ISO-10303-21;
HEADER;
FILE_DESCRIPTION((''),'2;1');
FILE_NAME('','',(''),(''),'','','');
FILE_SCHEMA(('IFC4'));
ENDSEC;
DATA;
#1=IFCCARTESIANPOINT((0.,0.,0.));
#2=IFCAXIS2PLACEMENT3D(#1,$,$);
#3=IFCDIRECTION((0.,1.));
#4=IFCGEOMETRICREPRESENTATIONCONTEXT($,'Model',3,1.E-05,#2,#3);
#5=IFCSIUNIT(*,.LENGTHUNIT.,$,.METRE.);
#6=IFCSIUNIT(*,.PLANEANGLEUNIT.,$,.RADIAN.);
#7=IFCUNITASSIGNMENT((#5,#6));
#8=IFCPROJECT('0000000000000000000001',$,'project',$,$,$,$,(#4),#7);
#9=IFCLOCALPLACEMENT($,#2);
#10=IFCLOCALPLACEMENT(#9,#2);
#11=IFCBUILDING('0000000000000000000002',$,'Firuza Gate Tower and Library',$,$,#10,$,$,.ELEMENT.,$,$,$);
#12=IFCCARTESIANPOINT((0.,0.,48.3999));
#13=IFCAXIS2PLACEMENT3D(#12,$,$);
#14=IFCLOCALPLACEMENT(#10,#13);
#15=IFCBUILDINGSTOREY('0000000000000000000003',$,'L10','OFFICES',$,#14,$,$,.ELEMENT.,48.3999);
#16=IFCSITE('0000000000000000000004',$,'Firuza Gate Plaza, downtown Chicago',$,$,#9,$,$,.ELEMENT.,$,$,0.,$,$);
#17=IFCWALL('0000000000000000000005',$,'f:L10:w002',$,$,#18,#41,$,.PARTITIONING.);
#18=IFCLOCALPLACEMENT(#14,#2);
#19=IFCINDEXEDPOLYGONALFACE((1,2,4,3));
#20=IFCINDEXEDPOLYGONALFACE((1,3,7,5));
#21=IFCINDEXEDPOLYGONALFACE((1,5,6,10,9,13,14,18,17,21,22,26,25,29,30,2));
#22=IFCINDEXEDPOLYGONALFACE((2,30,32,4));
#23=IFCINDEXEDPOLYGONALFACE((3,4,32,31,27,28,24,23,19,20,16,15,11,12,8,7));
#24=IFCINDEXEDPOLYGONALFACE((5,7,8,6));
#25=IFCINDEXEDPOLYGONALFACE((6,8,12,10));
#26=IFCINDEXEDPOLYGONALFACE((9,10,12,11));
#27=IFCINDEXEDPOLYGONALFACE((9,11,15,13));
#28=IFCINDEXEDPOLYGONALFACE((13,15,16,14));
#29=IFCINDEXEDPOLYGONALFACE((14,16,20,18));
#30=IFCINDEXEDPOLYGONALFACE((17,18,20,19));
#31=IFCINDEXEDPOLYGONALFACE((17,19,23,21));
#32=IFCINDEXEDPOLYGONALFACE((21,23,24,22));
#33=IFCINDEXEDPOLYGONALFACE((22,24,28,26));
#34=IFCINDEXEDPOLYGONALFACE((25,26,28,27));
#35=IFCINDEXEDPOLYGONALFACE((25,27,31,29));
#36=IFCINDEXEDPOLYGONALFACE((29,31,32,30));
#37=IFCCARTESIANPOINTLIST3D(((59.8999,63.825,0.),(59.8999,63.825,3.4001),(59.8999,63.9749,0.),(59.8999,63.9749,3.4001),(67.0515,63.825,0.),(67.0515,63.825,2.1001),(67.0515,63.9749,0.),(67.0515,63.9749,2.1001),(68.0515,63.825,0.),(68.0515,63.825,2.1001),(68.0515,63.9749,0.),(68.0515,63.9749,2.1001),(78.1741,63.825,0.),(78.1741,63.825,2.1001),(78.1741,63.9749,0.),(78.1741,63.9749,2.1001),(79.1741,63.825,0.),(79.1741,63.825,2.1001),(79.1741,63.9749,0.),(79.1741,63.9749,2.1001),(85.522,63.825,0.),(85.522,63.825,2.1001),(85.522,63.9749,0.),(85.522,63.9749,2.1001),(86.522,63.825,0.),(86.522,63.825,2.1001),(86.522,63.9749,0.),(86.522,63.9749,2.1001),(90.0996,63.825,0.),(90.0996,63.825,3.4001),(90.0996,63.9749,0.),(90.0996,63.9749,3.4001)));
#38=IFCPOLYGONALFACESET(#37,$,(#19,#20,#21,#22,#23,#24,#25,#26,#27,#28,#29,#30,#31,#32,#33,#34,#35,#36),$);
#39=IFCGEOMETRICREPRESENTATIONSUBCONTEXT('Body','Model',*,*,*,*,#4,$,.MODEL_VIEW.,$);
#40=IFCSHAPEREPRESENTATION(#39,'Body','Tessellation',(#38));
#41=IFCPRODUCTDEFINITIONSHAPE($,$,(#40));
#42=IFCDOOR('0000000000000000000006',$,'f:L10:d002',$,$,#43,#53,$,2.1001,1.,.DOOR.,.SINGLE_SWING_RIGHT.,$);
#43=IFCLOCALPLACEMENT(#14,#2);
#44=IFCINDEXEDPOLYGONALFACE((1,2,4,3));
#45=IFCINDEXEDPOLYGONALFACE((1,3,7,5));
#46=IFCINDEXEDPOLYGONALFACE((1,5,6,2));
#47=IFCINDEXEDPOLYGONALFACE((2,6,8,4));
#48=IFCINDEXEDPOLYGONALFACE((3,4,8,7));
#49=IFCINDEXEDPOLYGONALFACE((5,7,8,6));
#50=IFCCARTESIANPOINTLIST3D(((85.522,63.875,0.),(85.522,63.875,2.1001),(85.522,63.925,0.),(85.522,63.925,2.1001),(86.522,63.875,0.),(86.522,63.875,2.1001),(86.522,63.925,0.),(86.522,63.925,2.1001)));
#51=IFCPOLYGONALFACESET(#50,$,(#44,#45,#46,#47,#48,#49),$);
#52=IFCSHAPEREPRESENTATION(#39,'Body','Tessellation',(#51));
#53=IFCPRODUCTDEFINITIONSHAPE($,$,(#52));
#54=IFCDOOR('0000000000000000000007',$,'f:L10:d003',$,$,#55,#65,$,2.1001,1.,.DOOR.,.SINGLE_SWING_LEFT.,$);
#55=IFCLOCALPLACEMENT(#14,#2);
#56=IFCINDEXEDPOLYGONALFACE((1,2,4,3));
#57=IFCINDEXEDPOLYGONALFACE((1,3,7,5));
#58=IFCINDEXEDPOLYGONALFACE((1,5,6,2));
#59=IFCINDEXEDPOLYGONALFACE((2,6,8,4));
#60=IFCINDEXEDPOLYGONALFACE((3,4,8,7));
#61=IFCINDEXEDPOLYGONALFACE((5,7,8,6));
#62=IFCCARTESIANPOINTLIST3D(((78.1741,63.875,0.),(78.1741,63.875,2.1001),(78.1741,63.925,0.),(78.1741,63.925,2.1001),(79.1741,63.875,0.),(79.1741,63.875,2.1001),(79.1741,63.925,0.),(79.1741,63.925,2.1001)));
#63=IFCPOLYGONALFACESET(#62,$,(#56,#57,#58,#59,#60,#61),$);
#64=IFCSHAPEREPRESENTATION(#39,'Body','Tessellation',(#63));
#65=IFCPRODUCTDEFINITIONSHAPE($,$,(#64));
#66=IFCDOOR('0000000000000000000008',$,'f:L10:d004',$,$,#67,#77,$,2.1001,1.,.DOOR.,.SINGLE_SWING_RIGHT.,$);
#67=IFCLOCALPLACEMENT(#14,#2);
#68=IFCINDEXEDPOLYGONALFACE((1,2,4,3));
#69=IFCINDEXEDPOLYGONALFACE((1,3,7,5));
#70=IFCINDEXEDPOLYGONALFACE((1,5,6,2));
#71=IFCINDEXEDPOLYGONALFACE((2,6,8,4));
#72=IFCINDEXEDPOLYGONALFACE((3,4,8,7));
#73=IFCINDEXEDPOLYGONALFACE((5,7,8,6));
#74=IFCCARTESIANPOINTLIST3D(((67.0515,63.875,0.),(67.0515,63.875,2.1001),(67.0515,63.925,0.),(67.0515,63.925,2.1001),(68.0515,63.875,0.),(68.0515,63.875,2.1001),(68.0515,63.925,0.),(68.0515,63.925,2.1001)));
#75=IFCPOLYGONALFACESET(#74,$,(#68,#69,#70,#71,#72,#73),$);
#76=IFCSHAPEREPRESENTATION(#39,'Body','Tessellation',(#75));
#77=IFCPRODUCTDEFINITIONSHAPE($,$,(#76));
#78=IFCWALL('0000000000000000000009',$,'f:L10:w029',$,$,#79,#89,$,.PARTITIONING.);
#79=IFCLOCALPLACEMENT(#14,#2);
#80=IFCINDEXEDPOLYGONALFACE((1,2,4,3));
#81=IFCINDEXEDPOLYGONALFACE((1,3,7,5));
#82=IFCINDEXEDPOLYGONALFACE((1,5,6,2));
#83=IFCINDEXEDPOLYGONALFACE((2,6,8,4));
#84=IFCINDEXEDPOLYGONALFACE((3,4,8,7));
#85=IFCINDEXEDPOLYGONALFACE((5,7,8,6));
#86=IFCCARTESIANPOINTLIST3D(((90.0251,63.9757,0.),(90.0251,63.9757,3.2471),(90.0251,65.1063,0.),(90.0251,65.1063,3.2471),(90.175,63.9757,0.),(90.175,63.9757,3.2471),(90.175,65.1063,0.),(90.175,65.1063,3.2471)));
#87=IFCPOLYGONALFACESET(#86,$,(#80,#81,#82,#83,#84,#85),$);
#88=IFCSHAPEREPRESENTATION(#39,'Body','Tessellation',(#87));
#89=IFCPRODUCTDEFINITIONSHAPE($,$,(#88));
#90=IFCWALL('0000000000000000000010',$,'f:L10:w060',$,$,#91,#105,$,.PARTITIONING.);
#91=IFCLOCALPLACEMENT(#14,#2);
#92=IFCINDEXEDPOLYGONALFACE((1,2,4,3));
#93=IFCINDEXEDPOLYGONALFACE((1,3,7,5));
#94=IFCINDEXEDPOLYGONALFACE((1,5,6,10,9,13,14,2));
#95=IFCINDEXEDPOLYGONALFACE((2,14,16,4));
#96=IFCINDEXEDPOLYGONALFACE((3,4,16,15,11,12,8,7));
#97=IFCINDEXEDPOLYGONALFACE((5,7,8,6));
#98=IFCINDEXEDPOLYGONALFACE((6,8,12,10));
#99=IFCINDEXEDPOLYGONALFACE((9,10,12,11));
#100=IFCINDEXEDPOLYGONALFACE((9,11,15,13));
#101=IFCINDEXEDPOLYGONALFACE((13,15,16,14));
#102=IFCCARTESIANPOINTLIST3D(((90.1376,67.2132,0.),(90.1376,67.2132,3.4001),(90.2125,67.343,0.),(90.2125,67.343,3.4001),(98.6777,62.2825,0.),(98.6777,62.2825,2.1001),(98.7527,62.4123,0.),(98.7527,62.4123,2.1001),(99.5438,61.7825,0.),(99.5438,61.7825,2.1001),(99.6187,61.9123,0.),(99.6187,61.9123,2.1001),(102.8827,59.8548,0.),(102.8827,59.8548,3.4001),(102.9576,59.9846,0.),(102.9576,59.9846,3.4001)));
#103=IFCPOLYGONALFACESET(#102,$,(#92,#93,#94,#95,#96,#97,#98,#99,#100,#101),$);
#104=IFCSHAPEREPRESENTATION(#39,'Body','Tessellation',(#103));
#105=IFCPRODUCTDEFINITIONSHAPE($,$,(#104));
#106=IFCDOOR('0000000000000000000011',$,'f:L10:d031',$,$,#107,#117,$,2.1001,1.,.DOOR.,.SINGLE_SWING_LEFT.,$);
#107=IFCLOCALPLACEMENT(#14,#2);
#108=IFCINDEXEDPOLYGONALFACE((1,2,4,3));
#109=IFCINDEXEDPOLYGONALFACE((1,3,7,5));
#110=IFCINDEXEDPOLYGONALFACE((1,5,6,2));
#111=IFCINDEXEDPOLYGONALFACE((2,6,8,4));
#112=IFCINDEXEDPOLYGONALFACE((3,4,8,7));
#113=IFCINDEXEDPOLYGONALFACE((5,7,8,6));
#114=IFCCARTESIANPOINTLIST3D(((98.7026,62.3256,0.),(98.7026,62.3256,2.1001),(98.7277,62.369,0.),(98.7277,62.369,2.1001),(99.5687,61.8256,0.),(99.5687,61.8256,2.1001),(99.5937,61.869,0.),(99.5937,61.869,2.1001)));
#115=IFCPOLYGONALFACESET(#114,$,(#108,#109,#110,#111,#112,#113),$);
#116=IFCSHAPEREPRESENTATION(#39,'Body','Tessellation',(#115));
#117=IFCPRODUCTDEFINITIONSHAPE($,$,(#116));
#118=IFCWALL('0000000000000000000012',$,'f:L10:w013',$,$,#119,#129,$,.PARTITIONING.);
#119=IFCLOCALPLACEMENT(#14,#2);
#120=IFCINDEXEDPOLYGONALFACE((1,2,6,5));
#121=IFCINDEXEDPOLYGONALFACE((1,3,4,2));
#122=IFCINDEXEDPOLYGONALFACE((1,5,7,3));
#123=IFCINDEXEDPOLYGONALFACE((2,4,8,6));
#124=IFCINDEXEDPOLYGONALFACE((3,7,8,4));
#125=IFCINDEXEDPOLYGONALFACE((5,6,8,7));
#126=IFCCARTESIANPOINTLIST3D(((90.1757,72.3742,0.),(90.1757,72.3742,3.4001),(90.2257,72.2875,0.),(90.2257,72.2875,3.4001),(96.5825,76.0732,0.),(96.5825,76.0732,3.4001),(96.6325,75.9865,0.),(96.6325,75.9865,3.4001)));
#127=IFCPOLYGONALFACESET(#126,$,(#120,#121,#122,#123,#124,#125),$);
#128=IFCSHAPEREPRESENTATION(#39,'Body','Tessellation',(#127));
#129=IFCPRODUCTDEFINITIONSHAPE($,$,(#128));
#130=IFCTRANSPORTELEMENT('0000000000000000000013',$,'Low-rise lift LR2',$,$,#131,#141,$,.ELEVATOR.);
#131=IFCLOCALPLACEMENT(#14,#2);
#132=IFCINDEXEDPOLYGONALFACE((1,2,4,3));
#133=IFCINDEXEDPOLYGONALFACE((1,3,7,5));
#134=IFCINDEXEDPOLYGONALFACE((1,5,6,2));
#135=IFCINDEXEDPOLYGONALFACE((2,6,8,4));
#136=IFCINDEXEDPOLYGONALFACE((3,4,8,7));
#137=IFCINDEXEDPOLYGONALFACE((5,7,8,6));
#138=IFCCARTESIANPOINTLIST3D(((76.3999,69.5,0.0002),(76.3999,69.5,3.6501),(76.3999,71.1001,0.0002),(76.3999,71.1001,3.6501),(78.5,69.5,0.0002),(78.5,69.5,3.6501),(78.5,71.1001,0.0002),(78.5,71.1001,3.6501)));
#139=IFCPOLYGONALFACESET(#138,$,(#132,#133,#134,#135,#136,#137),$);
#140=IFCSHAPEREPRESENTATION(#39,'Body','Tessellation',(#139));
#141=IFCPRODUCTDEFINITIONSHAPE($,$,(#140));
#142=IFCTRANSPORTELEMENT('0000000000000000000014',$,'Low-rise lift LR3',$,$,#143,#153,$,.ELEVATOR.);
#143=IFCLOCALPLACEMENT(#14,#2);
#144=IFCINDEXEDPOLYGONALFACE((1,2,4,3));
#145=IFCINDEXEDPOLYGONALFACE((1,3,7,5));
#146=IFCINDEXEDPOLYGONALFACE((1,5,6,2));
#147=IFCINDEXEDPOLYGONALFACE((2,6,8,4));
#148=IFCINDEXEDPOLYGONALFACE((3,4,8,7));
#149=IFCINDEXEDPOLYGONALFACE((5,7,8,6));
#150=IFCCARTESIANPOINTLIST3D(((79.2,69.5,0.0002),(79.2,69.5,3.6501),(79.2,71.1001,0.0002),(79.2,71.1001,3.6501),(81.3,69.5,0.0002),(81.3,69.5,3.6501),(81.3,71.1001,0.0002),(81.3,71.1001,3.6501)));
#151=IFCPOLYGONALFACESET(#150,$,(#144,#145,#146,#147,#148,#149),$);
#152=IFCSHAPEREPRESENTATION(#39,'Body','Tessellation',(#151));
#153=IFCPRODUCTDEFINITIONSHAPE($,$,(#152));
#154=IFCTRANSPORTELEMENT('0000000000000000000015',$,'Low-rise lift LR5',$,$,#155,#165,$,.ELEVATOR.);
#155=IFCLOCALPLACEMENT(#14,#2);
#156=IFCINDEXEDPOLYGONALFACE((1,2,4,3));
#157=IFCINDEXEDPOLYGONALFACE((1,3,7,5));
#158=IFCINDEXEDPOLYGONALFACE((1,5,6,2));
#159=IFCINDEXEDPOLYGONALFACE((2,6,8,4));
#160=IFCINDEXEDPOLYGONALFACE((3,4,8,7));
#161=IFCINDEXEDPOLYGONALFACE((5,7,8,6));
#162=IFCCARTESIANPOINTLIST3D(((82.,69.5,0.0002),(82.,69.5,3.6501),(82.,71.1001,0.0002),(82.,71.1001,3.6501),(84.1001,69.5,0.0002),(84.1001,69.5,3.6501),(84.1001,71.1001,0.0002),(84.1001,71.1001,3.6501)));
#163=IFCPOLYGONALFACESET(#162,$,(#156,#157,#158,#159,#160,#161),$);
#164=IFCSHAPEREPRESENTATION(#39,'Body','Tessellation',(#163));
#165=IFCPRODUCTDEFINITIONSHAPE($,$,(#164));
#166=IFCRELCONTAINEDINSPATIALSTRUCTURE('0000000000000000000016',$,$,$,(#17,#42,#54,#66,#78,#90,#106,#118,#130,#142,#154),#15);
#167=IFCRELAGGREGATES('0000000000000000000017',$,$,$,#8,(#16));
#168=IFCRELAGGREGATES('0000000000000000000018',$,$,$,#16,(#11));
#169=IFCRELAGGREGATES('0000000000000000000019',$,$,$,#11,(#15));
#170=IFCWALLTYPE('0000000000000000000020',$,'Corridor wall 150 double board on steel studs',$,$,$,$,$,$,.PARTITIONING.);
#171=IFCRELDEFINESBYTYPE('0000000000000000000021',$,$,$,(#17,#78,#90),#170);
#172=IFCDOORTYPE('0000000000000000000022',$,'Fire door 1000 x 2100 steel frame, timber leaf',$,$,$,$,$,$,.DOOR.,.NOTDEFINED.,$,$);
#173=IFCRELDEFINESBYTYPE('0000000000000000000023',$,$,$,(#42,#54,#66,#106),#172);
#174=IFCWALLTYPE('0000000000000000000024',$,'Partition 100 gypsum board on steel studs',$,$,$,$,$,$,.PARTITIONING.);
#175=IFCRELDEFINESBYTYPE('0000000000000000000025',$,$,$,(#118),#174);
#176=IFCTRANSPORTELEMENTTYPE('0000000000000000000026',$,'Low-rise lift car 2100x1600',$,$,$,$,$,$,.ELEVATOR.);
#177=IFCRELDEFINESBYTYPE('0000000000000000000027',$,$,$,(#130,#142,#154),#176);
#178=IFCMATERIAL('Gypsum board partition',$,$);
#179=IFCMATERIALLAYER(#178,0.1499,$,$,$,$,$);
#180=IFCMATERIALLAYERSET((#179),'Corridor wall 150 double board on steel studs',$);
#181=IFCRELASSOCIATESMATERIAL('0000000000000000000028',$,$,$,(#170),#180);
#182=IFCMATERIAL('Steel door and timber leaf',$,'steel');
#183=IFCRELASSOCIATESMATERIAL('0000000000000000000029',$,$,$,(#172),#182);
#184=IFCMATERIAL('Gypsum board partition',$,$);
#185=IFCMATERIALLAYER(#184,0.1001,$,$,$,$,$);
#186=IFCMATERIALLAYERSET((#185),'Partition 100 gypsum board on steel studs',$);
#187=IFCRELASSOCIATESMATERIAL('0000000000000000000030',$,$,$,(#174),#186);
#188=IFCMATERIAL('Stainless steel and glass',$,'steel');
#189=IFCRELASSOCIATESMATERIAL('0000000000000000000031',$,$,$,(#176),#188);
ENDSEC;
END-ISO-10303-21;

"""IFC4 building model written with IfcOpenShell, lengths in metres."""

from ifc_helpers import new_model, si_unit, direction, frame, frame_2d, origin, origin_2d, place, context, subcontext, project, spatial, rectangle, extrude, material, layer, layer_set, type_object, element, fill, save


model = new_model("IFC4")

# Units and contexts
model_context = context("Model", 3, precision=1e-05, world=origin(), true_north=direction((0.0, 1.0)))
body_context = subcontext(model_context, "Body", "Model", "MODEL_VIEW")
ifc_project = project(units=[si_unit("LENGTHUNIT", "METRE"), si_unit("PLANEANGLEUNIT", "RADIAN")], contexts=[model_context])

# Site, building, storey
site_placement = place(None, origin())
site = spatial("IfcSite", under=ifc_project, at=site_placement, Name="Firuza Gate Plaza, downtown Chicago", CompositionType="ELEMENT", RefElevation=0.0)
building_placement = place(site_placement, origin())
building = spatial("IfcBuilding", under=site, at=building_placement, Name="Firuza Gate Tower and Library", CompositionType="ELEMENT")
storey_placement = place(building_placement, frame((0.0, 0.0, 48.3999)))
storey = spatial("IfcBuildingStorey", under=building, at=storey_placement, Name="L10", Description="OFFICES", CompositionType="ELEMENT", Elevation=48.3999)

# Wall, openings, doors
ifc_material_1 = material(Name="Gypsum board partition")
ifc_layer_1 = layer(ifc_material_1, 0.1499)
ifc_layer_set_1 = layer_set([ifc_layer_1], Name="Corridor wall 150 double board on steel studs")
wall_type_1 = type_object("IfcWallType", Name="Corridor wall 150 double board on steel studs", PredefinedType="PARTITIONING", material=ifc_layer_set_1)
wall_1_placement = place(storey_placement, frame((90.0996, 63.8999, 0.0), z_axis=(0.0, 0.0, 1.0), x_axis=(-1.0, 0.0, 0.0)))
wall_1 = element("IfcWall", 1, at=wall_1_placement, inside=storey, type_object=wall_type_1, Name="f:L10:w002", PredefinedType="PARTITIONING", context=body_context, shape_type="SweptSolid", body=[
    extrude(rectangle(XDim=30.1997, YDim=0.1499, at=frame_2d((15.0999, 0.0))), origin(), (0.0, 0.0, 1.0), 3.4001),
])
opening_1_placement = place(wall_1_placement, frame((3.5776, 0.0, 0.0)))
opening_1 = element("IfcOpeningElement", 2, at=opening_1_placement, cuts=wall_1, PredefinedType="OPENING", context=body_context, shape_type="SweptSolid", body=[
    extrude(rectangle(XDim=1.0, YDim=2.1001, at=frame_2d((0.5, 1.05))), frame((0.0, 0.085, 0.0), z_axis=(0.0, -1.0, 0.0), x_axis=(1.0, 0.0, 0.0)), (0.0, 0.0, 1.0), 0.1699),
])
opening_2_placement = place(wall_1_placement, frame((10.9255, 0.0, 0.0)))
opening_2 = element("IfcOpeningElement", 3, at=opening_2_placement, cuts=wall_1, PredefinedType="OPENING", context=body_context, shape_type="SweptSolid", body=[
    extrude(rectangle(XDim=1.0, YDim=2.1001, at=frame_2d((0.5, 1.05))), frame((0.0, 0.085, 0.0), z_axis=(0.0, -1.0, 0.0), x_axis=(1.0, 0.0, 0.0)), (0.0, 0.0, 1.0), 0.1699),
])
opening_3_placement = place(wall_1_placement, frame((22.0481, 0.0, 0.0)))
opening_3 = element("IfcOpeningElement", 4, at=opening_3_placement, cuts=wall_1, PredefinedType="OPENING", context=body_context, shape_type="SweptSolid", body=[
    extrude(rectangle(XDim=1.0, YDim=2.1001, at=frame_2d((0.5, 1.05))), frame((0.0, 0.085, 0.0), z_axis=(0.0, -1.0, 0.0), x_axis=(1.0, 0.0, 0.0)), (0.0, 0.0, 1.0), 0.1699),
])
ifc_material_2 = material(Name="Steel door and timber leaf", Category="steel")
door_type_1 = type_object("IfcDoorType", Name="Fire door 1000 x 2100 steel frame, timber leaf", OperationType="NOTDEFINED", PredefinedType="DOOR", material=ifc_material_2)
door_1_placement = place(opening_1_placement, origin())
door_1 = element("IfcDoor", 5, at=door_1_placement, inside=storey, type_object=door_type_1, Name="f:L10:d002", OperationType="SINGLE_SWING_RIGHT", OverallHeight=2.1001, OverallWidth=1.0, PredefinedType="DOOR", context=body_context, shape_type="SweptSolid", body=[
    extrude(rectangle(XDim=1.0, YDim=2.1001, at=frame_2d((0.5, 1.05))), frame((0.0, 0.0249, 0.0), z_axis=(0.0, -1.0, 0.0), x_axis=(1.0, 0.0, 0.0)), (0.0, 0.0, 1.0), 0.05),
])
fill(opening_1, door_1)
door_2_placement = place(opening_2_placement, origin())
door_2 = element("IfcDoor", 6, at=door_2_placement, inside=storey, type_object=door_type_1, Name="f:L10:d003", OperationType="SINGLE_SWING_LEFT", OverallHeight=2.1001, OverallWidth=1.0, PredefinedType="DOOR", context=body_context, shape_type="SweptSolid", body=[
    extrude(rectangle(XDim=1.0, YDim=2.1001, at=frame_2d((0.5, 1.05))), frame((0.0, 0.0249, 0.0), z_axis=(0.0, -1.0, 0.0), x_axis=(1.0, 0.0, 0.0)), (0.0, 0.0, 1.0), 0.05),
])
fill(opening_2, door_2)
door_3_placement = place(opening_3_placement, origin())
door_3 = element("IfcDoor", 7, at=door_3_placement, inside=storey, type_object=door_type_1, Name="f:L10:d004", OperationType="SINGLE_SWING_RIGHT", OverallHeight=2.1001, OverallWidth=1.0, PredefinedType="DOOR", context=body_context, shape_type="SweptSolid", body=[
    extrude(rectangle(XDim=1.0, YDim=2.1001, at=frame_2d((0.5, 1.05))), frame((0.0, 0.0249, 0.0), z_axis=(0.0, -1.0, 0.0), x_axis=(1.0, 0.0, 0.0)), (0.0, 0.0, 1.0), 0.05),
])
fill(opening_3, door_3)

# Wall
wall_2_placement = place(storey_placement, frame((90.1001, 63.9756, 0.0), z_axis=(0.0, 0.0, 1.0), x_axis=(0.0, 1.0, 0.0)))
element("IfcWall", 8, at=wall_2_placement, inside=storey, type_object=wall_type_1, Name="f:L10:w029", PredefinedType="PARTITIONING", context=body_context, shape_type="SweptSolid", body=[
    extrude(rectangle(XDim=1.1306, YDim=0.1499, at=frame_2d((0.5654, 0.0))), origin(), (0.0, 0.0, 1.0), 3.2471),
])

# Wall, opening, door
wall_3_placement = place(storey_placement, frame((90.175, 67.2781, 0.0), z_axis=(0.0, 0.0, 1.0), x_axis=(0.866025, -0.5, 0.0)))
wall_3 = element("IfcWall", 9, at=wall_3_placement, inside=storey, type_object=wall_type_1, Name="f:L10:w060", PredefinedType="PARTITIONING", context=body_context, shape_type="SweptSolid", body=[
    extrude(rectangle(XDim=14.7168, YDim=0.1499, at=frame_2d((7.3584, 0.0))), origin(), (0.0, 0.0, 1.0), 3.4001),
])
opening_4_placement = place(wall_3_placement, frame((9.8613, 0.0, 0.0)))
opening_4 = element("IfcOpeningElement", 10, at=opening_4_placement, cuts=wall_3, PredefinedType="OPENING", context=body_context, shape_type="SweptSolid", body=[
    extrude(rectangle(XDim=1.0, YDim=2.1001, at=frame_2d((0.5, 1.05))), frame((0.0, 0.085, 0.0), z_axis=(0.0, -1.0, 0.0), x_axis=(1.0, 0.0, 0.0)), (0.0, 0.0, 1.0), 0.1699),
])
door_4_placement = place(opening_4_placement, origin())
door_4 = element("IfcDoor", 11, at=door_4_placement, inside=storey, type_object=door_type_1, Name="f:L10:d031", OperationType="SINGLE_SWING_LEFT", OverallHeight=2.1001, OverallWidth=1.0, PredefinedType="DOOR", context=body_context, shape_type="SweptSolid", body=[
    extrude(rectangle(XDim=1.0, YDim=2.1001, at=frame_2d((0.5, 1.05))), frame((0.0, 0.0249, 0.0), z_axis=(0.0, -1.0, 0.0), x_axis=(1.0, 0.0, 0.0)), (0.0, 0.0, 1.0), 0.05),
])
fill(opening_4, door_4)

# Wall
ifc_material_3 = material(Name="Gypsum board partition")
ifc_layer_2 = layer(ifc_material_3, 0.1001)
ifc_layer_set_2 = layer_set([ifc_layer_2], Name="Partition 100 gypsum board on steel studs")
wall_type_2 = type_object("IfcWallType", Name="Partition 100 gypsum board on steel studs", PredefinedType="PARTITIONING", material=ifc_layer_set_2)
wall_4_placement = place(storey_placement, frame((90.2007, 72.3308, 0.0), z_axis=(0.0, 0.0, 1.0), x_axis=(0.866023, 0.500004, 0.0)))
element("IfcWall", 12, at=wall_4_placement, inside=storey, type_object=wall_type_2, Name="f:L10:w013", PredefinedType="PARTITIONING", context=body_context, shape_type="SweptSolid", body=[
    extrude(rectangle(XDim=7.3979, YDim=0.1001, at=frame_2d((3.699, 0.0))), origin(), (0.0, 0.0, 1.0), 3.4001),
])

# Transport elements
ifc_material_4 = material(Name="Stainless steel and glass", Category="steel")
transport_element_type = type_object("IfcTransportElementType", Name="Low-rise lift car 2100x1600", PredefinedType="ELEVATOR", material=ifc_material_4)
for number, where, z_axis, x_axis, name in (
    (13, (77.45, 70.3, 0.0002), (0.0, 0.0, 1.0), (1.0, 0.0, 0.0), "Low-rise lift LR2"),
    (14, (80.25, 70.3, 0.0002), (0.0, 0.0, 1.0), (1.0, 0.0, 0.0), "Low-rise lift LR3"),
    (15, (83.05, 70.3, 0.0002), (0.0, 0.0, 1.0), (1.0, 0.0, 0.0), "Low-rise lift LR5"),
):
    element("IfcTransportElement", number, at=place(storey_placement, frame(where, z_axis=z_axis, x_axis=x_axis)), inside=storey, type_object=transport_element_type, Name=name, PredefinedType="ELEVATOR", context=body_context, shape_type="SweptSolid", body=[
        extrude(rectangle(XDim=2.1001, YDim=1.6001, at=origin_2d()), origin(), (0.0, 0.0, 1.0), 3.6499),
    ])

save(model, "model.ifc")
